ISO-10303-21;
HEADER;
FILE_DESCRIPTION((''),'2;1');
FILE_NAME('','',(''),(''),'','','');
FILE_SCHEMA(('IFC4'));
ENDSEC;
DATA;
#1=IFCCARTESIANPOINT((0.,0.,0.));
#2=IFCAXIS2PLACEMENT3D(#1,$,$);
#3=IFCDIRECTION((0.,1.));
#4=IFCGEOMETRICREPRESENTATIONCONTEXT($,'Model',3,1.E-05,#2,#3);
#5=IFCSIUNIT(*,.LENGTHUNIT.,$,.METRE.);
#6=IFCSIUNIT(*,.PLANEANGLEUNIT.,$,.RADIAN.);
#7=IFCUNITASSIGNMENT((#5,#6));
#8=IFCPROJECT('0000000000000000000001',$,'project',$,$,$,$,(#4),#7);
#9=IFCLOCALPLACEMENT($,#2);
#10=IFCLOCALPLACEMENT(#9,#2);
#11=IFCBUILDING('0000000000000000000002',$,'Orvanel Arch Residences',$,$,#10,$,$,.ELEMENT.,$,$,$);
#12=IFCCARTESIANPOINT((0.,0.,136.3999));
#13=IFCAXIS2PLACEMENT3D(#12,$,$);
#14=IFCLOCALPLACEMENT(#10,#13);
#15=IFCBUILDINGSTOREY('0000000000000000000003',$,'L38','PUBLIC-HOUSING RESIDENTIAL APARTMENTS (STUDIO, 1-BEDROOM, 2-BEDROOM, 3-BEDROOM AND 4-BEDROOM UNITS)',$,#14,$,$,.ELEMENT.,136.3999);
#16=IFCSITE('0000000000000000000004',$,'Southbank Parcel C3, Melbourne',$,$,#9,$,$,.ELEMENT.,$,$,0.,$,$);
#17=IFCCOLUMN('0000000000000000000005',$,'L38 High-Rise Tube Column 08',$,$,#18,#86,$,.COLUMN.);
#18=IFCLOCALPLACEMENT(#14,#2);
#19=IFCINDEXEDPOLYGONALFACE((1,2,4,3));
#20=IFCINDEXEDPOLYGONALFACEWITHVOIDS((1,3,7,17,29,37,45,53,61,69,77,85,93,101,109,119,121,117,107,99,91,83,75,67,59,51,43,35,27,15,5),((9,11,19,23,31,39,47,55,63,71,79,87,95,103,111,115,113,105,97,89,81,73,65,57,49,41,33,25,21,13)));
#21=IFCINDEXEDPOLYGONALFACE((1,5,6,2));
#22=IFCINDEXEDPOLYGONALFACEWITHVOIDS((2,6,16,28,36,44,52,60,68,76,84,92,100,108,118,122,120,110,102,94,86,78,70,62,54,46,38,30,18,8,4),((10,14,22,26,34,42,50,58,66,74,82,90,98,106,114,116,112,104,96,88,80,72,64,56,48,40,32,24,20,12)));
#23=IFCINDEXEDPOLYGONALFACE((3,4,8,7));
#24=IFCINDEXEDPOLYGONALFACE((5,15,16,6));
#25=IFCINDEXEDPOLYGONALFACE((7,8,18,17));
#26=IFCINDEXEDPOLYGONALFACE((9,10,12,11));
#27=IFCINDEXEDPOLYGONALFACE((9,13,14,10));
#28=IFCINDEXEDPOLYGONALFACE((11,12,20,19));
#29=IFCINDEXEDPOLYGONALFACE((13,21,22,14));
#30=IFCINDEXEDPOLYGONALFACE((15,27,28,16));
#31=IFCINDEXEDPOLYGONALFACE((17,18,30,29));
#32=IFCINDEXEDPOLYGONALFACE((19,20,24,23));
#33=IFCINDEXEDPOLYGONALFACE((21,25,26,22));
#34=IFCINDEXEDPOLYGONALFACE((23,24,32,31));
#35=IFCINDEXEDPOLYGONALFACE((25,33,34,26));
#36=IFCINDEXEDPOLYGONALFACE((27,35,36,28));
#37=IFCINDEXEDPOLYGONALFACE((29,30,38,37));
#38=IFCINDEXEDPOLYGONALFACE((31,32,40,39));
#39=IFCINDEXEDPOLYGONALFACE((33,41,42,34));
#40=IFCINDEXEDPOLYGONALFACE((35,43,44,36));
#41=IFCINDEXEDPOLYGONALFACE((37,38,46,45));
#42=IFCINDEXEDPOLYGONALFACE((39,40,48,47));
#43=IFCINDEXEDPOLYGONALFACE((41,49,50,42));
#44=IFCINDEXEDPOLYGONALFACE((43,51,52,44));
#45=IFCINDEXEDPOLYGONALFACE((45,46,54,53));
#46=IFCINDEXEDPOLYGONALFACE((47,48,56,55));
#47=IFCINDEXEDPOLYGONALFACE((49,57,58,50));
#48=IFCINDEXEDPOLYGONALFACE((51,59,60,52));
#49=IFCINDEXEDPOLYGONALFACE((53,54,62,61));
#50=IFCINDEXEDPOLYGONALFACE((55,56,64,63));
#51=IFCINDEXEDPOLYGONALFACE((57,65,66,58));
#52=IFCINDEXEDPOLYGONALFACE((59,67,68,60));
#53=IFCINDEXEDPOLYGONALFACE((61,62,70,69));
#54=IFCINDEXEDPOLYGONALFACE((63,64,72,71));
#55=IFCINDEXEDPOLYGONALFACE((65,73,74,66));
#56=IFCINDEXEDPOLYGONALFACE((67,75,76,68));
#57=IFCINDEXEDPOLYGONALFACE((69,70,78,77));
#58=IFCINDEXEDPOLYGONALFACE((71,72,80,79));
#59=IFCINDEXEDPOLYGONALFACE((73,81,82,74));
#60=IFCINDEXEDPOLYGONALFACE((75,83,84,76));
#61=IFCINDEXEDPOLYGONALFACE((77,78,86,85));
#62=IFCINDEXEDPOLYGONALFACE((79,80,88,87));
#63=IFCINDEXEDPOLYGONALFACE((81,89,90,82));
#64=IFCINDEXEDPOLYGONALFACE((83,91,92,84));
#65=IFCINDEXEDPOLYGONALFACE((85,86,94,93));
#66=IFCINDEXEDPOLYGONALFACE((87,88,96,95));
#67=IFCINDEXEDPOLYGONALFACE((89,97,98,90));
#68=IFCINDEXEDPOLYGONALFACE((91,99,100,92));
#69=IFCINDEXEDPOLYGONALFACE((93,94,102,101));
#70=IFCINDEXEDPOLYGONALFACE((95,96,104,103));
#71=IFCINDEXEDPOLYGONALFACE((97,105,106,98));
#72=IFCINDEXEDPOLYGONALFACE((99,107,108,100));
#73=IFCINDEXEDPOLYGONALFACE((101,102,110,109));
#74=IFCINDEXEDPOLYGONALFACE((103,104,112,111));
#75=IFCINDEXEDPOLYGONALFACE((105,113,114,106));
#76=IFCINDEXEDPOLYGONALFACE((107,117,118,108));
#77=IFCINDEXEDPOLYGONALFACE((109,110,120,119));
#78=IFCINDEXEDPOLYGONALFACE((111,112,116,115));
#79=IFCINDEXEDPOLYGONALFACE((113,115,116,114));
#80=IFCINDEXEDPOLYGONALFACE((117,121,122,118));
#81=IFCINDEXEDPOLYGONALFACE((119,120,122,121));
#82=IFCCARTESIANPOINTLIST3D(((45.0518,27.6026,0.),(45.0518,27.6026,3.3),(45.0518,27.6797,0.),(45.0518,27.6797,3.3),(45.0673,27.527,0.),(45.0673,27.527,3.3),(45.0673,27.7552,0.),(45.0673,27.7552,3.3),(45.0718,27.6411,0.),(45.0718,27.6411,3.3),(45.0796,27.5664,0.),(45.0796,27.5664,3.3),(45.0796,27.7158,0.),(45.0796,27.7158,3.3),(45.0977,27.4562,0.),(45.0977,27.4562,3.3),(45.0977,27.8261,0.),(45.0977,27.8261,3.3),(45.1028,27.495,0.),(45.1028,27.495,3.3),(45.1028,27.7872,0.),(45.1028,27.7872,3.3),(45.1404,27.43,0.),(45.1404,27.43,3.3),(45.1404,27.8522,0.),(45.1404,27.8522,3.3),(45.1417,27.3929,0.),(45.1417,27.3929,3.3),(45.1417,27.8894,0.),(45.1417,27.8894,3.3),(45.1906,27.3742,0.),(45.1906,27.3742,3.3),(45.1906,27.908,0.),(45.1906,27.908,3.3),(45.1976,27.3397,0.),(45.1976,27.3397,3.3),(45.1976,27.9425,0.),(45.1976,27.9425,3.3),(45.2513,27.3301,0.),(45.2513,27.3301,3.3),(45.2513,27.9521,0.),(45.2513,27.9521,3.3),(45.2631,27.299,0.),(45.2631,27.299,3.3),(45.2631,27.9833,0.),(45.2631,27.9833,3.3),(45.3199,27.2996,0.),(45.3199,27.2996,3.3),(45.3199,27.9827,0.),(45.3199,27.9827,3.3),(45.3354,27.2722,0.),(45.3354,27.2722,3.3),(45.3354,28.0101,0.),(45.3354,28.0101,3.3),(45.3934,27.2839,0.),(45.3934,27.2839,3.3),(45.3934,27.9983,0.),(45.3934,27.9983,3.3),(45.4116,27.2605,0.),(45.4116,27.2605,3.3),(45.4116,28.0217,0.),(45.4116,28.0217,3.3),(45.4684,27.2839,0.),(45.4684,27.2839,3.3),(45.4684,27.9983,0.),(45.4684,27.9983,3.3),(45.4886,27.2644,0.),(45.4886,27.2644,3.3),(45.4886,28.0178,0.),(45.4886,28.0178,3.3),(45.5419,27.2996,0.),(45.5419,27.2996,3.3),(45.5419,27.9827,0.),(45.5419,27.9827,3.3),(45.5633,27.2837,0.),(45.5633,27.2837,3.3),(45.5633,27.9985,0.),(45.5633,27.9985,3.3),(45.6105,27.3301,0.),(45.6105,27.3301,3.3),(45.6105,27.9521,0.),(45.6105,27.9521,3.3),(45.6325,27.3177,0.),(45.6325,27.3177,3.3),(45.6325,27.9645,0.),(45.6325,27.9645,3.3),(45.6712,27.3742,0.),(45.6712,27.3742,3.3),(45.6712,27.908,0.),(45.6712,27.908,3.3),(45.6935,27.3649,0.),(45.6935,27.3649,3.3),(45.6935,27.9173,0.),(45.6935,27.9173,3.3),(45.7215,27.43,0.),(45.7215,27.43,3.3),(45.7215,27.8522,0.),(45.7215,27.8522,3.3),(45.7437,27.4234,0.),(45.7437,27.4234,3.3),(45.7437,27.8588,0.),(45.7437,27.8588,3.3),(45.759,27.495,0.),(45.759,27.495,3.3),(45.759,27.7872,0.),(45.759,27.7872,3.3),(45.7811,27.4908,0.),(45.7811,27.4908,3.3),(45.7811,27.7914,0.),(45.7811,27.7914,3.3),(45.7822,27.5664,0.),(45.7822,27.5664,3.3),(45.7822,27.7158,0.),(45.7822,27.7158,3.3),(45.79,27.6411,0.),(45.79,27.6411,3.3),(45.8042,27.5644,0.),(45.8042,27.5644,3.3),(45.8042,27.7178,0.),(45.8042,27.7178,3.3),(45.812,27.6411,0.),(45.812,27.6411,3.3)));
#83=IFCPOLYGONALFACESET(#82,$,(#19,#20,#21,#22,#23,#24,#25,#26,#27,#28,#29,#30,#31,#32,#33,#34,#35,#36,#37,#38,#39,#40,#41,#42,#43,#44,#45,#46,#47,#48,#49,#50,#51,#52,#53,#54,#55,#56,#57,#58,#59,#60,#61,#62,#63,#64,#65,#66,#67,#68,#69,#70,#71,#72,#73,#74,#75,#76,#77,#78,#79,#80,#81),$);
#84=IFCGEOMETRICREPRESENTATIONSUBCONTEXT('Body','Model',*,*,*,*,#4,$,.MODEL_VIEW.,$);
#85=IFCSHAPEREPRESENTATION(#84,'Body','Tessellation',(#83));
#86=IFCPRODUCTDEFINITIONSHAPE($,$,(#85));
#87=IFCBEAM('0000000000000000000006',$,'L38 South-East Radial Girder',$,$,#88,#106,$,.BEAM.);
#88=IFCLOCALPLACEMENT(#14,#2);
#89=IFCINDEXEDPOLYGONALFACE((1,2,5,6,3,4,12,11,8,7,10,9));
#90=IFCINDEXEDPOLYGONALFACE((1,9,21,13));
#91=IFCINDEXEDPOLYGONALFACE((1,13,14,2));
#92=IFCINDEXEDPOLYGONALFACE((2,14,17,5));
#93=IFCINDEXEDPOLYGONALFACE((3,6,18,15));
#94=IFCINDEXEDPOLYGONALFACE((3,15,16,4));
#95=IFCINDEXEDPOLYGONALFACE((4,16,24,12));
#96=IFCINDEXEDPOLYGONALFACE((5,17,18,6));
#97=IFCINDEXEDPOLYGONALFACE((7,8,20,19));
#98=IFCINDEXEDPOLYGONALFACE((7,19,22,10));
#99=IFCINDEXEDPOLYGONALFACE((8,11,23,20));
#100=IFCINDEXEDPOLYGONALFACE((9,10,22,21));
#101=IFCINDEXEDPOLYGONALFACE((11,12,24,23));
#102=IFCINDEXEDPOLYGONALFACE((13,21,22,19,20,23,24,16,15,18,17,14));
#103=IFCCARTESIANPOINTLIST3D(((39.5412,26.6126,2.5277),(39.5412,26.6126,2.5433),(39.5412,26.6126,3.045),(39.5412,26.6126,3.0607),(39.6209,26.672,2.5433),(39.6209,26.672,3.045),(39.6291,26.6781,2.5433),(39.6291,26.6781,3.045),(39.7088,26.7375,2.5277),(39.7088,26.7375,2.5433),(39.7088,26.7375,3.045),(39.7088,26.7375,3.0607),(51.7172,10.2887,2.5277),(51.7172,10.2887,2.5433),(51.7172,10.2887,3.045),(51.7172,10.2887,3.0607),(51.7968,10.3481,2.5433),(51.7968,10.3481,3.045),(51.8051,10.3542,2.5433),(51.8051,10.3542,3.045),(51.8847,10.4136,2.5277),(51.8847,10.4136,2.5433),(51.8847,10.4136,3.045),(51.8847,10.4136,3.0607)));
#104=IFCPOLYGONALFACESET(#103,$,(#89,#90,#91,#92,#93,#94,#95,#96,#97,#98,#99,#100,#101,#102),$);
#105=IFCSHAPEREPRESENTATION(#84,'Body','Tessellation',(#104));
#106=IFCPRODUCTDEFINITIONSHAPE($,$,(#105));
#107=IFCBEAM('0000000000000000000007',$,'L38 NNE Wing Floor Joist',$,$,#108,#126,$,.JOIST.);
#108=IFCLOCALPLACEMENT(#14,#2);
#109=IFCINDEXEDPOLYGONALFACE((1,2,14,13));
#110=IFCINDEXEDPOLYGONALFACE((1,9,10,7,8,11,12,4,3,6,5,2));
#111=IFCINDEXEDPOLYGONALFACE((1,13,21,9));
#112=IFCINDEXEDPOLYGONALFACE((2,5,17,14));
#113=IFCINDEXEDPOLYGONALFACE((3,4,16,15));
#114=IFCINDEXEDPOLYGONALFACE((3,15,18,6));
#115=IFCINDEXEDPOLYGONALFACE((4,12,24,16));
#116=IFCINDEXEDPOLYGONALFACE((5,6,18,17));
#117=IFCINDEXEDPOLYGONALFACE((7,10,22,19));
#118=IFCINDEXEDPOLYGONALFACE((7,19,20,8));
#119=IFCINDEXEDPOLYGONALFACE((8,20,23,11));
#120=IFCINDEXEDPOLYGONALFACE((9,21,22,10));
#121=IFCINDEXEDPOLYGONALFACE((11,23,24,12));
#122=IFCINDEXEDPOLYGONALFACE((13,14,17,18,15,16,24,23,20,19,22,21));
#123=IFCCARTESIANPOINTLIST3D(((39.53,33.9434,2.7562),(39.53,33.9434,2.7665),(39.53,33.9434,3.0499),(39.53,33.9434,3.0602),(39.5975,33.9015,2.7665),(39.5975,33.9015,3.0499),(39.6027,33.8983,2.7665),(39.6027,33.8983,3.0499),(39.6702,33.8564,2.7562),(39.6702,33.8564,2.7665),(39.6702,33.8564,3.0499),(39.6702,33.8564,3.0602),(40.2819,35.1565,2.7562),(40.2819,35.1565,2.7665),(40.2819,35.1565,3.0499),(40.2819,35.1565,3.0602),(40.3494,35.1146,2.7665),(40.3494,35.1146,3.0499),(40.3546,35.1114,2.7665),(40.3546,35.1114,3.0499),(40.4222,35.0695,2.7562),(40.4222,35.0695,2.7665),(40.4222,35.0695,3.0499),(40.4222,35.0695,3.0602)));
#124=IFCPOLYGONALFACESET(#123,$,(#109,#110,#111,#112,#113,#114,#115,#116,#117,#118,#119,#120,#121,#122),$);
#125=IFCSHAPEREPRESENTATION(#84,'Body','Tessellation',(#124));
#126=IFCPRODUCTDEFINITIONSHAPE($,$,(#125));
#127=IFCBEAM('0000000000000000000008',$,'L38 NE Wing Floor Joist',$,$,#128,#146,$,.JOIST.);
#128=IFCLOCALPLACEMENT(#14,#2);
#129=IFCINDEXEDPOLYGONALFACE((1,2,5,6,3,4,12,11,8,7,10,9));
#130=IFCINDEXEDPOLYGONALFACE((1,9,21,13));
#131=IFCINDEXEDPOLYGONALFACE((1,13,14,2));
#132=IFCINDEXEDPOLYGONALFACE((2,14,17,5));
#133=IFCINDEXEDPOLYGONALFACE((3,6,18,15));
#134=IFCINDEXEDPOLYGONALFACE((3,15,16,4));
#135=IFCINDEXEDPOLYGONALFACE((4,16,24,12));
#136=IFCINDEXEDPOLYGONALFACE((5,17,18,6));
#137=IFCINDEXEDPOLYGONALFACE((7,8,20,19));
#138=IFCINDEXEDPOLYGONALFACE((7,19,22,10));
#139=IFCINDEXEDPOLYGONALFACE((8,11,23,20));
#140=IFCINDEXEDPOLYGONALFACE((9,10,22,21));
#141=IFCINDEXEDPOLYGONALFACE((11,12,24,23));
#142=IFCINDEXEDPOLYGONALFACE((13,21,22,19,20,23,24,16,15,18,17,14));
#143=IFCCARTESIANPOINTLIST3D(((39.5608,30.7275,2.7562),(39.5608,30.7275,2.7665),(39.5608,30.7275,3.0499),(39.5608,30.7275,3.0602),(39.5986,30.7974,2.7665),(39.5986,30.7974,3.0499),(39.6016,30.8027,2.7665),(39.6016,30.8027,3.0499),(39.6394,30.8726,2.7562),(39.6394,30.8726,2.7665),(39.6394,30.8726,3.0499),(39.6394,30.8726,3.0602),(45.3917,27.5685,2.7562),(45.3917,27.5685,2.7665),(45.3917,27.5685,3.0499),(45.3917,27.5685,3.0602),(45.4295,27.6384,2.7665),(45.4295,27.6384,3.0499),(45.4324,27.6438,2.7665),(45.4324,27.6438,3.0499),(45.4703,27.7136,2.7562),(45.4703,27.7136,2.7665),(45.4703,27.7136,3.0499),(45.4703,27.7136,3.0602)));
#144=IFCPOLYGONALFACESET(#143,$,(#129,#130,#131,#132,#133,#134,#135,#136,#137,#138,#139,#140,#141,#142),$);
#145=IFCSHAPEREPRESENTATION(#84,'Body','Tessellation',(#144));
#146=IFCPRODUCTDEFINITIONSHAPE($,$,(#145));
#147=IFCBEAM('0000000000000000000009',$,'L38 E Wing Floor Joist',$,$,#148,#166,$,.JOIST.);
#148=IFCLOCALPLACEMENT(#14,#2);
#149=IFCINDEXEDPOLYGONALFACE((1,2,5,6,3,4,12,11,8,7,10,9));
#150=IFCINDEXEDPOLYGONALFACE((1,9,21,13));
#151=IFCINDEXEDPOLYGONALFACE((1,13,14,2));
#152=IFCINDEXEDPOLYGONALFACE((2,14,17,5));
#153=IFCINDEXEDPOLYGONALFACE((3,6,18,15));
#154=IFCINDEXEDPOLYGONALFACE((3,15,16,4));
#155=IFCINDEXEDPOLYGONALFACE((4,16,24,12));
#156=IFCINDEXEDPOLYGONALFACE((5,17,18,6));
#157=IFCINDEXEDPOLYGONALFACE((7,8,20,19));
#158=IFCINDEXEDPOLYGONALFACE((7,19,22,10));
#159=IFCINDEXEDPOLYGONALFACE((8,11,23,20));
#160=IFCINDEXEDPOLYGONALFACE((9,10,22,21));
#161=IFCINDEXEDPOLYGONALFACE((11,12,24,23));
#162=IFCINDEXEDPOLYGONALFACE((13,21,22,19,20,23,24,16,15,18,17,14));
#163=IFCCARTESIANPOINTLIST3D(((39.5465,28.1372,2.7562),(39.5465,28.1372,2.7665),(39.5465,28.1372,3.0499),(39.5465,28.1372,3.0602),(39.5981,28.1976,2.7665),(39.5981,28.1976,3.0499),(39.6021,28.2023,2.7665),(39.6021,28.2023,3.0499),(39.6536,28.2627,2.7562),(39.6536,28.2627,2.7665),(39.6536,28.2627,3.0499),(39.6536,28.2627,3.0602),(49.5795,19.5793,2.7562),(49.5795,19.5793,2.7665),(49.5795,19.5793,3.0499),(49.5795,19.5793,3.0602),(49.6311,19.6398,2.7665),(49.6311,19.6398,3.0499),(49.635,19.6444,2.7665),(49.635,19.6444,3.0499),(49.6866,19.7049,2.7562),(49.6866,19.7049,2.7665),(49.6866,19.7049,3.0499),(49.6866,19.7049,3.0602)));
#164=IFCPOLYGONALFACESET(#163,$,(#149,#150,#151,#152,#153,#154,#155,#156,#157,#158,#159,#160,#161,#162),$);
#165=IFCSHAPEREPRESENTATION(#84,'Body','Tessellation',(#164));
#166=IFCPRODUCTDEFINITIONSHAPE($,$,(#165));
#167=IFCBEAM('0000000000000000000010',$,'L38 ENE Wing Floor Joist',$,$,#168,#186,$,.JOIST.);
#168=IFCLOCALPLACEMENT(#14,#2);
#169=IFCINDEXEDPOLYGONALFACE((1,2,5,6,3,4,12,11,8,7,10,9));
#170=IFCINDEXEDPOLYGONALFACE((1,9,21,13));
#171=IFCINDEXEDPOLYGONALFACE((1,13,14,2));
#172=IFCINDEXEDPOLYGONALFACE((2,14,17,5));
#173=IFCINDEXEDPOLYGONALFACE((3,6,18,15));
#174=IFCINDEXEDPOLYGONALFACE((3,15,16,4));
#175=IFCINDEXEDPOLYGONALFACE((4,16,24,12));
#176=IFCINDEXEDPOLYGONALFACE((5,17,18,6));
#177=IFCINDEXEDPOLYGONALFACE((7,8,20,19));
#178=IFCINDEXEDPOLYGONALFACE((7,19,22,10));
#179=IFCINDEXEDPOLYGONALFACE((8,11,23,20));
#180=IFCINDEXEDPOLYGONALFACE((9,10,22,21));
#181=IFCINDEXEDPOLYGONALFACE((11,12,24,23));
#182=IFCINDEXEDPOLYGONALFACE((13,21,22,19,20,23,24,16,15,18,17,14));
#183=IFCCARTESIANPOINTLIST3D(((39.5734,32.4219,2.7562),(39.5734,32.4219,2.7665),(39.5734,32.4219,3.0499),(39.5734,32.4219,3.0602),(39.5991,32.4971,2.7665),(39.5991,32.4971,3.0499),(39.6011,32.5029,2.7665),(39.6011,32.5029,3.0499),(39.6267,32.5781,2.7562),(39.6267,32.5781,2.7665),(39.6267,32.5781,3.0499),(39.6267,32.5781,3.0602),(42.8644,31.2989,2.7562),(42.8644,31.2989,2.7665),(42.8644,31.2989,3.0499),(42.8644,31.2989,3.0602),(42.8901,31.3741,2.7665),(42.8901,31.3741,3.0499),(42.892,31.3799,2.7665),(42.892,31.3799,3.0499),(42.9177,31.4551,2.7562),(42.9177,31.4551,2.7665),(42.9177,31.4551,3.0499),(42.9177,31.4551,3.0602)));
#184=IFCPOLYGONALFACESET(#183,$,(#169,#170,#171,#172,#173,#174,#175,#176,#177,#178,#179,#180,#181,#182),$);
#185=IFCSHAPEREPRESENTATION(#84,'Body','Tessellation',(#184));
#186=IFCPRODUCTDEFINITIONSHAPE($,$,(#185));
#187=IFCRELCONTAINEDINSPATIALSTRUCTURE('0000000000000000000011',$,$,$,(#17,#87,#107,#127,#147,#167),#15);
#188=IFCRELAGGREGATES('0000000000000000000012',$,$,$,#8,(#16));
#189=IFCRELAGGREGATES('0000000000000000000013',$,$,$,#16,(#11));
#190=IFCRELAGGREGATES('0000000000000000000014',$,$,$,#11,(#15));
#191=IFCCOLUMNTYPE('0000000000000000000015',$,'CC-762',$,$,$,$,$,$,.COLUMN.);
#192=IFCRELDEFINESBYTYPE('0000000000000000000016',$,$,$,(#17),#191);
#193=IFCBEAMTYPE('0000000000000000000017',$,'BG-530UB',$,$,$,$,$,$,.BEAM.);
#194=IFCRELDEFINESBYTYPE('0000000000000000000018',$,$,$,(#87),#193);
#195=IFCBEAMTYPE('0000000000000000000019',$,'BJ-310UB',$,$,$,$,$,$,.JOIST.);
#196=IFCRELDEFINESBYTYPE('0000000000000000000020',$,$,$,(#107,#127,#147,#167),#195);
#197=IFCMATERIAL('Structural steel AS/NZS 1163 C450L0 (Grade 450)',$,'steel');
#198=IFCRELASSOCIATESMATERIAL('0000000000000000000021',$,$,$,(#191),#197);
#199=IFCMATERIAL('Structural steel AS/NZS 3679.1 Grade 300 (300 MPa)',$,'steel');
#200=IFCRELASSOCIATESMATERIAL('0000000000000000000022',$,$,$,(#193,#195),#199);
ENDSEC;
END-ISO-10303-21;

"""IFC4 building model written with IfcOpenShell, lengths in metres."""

from ifc_helpers import new_model, si_unit, direction, frame, origin, origin_2d, place, context, subcontext, project, spatial, hollow_circle, i_section, extrude, material, material_profile, profile_set, type_object, element, save


model = new_model("IFC4")

# Units and contexts
model_context = context("Model", 3, precision=1e-05, world=origin(), true_north=direction((0.0, 1.0)))
body_context = subcontext(model_context, "Body", "Model", "MODEL_VIEW")
ifc_project = project(units=[si_unit("LENGTHUNIT", "METRE"), si_unit("PLANEANGLEUNIT", "RADIAN")], contexts=[model_context])

# Site, building, storey
site_placement = place(None, origin())
site = spatial("IfcSite", under=ifc_project, at=site_placement, Name="Southbank Parcel C3, Melbourne", CompositionType="ELEMENT", RefElevation=0.0)
building_placement = place(site_placement, origin())
building = spatial("IfcBuilding", under=site, at=building_placement, Name="Orvanel Arch Residences", CompositionType="ELEMENT")
storey_placement = place(building_placement, frame((0.0, 0.0, 136.3999)))
storey = spatial("IfcBuildingStorey", under=building, at=storey_placement, Name="L38", Description="PUBLIC-HOUSING RESIDENTIAL APARTMENTS (STUDIO, 1-BEDROOM, 2-BEDROOM, 3-BEDROOM AND 4-BEDROOM UNITS)", CompositionType="ELEMENT", Elevation=136.3999)

# Column
ifc_material_1 = material(Name="Structural steel AS/NZS 1163 C450L0 (Grade 450)", Category="steel")
ifc_material_profile_1 = material_profile(ifc_material_1, hollow_circle(Radius=0.3811, WallThickness=0.022, at=origin_2d()), Name="CHS762x22")
ifc_profile_set_1 = profile_set([ifc_material_profile_1], Name="Structural steel AS/NZS 1163 C450L0 (Grade 450)")
column_type = type_object("IfcColumnType", Name="CC-762", PredefinedType="COLUMN", material=ifc_profile_set_1)
column_placement = place(storey_placement, frame((45.4309, 27.6411, 0.0), z_axis=(0.0, 0.0, 1.0), x_axis=(1.0, 0.0, 0.0)))
element("IfcColumn", 1, at=column_placement, inside=storey, type_object=column_type, Name="L38 High-Rise Tube Column 08", PredefinedType="COLUMN", context=body_context, shape_type="SweptSolid", body=[
    extrude(hollow_circle(Radius=0.3811, WallThickness=0.022, at=origin_2d()), origin(), (0.0, 0.0, 1.0), 3.3),
])

# Beams
ifc_material_2 = material(Name="Structural steel AS/NZS 3679.1 Grade 300 (300 MPa)", Category="steel")
ifc_material_profile_2 = material_profile(ifc_material_2, i_section(OverallWidth=0.209, OverallDepth=0.533, WebThickness=0.0103, FlangeThickness=0.0156, at=origin_2d()), Name="530UB92.4")
ifc_profile_set_2 = profile_set([ifc_material_profile_2], Name="Structural steel AS/NZS 3679.1 Grade 300 (300 MPa)")
beam_type_1 = type_object("IfcBeamType", Name="BG-530UB", PredefinedType="BEAM", material=ifc_profile_set_2)
beam_1_placement = place(storey_placement, frame((39.625, 26.675, 2.7942), z_axis=(0.597894, -0.801575, 0.0), x_axis=(0.801575, 0.597894, 0.0)))
element("IfcBeam", 2, at=beam_1_placement, inside=storey, type_object=beam_type_1, Name="L38 South-East Radial Girder", PredefinedType="BEAM", context=body_context, shape_type="SweptSolid", body=[
    extrude(i_section(OverallWidth=0.209, OverallDepth=0.533, WebThickness=0.0103, FlangeThickness=0.0156, at=origin_2d()), origin(), (0.0, 0.0, 1.0), 20.3647),
])
ifc_material_profile_3 = material_profile(ifc_material_2, i_section(OverallWidth=0.165, OverallDepth=0.304, WebThickness=0.0061, FlangeThickness=0.0103, at=origin_2d()), Name="310UB40.4")
ifc_profile_set_3 = profile_set([ifc_material_profile_3], Name="Structural steel AS/NZS 3679.1 Grade 300 (300 MPa)")
beam_type_2 = type_object("IfcBeamType", Name="BJ-310UB", PredefinedType="JOIST", material=ifc_profile_set_3)
beam_2_placement = place(storey_placement, frame((39.6001, 33.8999, 2.9082), z_axis=(0.526843, 0.849962, 0.0), x_axis=(-0.849962, 0.526843, 0.0)))
element("IfcBeam", 3, at=beam_2_placement, inside=storey, type_object=beam_type_2, Name="L38 NNE Wing Floor Joist", PredefinedType="JOIST", context=body_context, shape_type="SweptSolid", body=[
    extrude(i_section(OverallWidth=0.165, OverallDepth=0.304, WebThickness=0.0061, FlangeThickness=0.0103, at=origin_2d()), origin(), (0.0, 0.0, 1.0), 1.4272),
])
beam_3_placement = place(storey_placement, frame((39.6001, 30.8, 2.9082), z_axis=(0.879255, -0.476351, 0.0), x_axis=(0.476351, 0.879255, 0.0)))
element("IfcBeam", 4, at=beam_3_placement, inside=storey, type_object=beam_type_2, Name="L38 NE Wing Floor Joist", PredefinedType="JOIST", context=body_context, shape_type="SweptSolid", body=[
    extrude(i_section(OverallWidth=0.165, OverallDepth=0.304, WebThickness=0.0061, FlangeThickness=0.0103, at=origin_2d()), origin(), (0.0, 0.0, 1.0), 6.6316),
])
beam_4_placement = place(storey_placement, frame((39.6001, 28.2, 2.9082), z_axis=(0.760821, -0.648961, 0.0), x_axis=(0.648961, 0.760821, 0.0)))
element("IfcBeam", 5, at=beam_4_placement, inside=storey, type_object=beam_type_2, Name="L38 E Wing Floor Joist", PredefinedType="JOIST", context=body_context, shape_type="SweptSolid", body=[
    extrude(i_section(OverallWidth=0.165, OverallDepth=0.304, WebThickness=0.0061, FlangeThickness=0.0103, at=origin_2d()), origin(), (0.0, 0.0, 1.0), 13.187),
])
beam_5_placement = place(storey_placement, frame((39.6001, 32.5, 2.9082), z_axis=(0.946413, -0.32296, 0.0), x_axis=(0.32296, 0.946413, 0.0)))
element("IfcBeam", 6, at=beam_5_placement, inside=storey, type_object=beam_type_2, Name="L38 ENE Wing Floor Joist", PredefinedType="JOIST", context=body_context, shape_type="SweptSolid", body=[
    extrude(i_section(OverallWidth=0.165, OverallDepth=0.304, WebThickness=0.0061, FlangeThickness=0.0103, at=origin_2d()), origin(), (0.0, 0.0, 1.0), 3.4773),
])

save(model, "model.ifc")
